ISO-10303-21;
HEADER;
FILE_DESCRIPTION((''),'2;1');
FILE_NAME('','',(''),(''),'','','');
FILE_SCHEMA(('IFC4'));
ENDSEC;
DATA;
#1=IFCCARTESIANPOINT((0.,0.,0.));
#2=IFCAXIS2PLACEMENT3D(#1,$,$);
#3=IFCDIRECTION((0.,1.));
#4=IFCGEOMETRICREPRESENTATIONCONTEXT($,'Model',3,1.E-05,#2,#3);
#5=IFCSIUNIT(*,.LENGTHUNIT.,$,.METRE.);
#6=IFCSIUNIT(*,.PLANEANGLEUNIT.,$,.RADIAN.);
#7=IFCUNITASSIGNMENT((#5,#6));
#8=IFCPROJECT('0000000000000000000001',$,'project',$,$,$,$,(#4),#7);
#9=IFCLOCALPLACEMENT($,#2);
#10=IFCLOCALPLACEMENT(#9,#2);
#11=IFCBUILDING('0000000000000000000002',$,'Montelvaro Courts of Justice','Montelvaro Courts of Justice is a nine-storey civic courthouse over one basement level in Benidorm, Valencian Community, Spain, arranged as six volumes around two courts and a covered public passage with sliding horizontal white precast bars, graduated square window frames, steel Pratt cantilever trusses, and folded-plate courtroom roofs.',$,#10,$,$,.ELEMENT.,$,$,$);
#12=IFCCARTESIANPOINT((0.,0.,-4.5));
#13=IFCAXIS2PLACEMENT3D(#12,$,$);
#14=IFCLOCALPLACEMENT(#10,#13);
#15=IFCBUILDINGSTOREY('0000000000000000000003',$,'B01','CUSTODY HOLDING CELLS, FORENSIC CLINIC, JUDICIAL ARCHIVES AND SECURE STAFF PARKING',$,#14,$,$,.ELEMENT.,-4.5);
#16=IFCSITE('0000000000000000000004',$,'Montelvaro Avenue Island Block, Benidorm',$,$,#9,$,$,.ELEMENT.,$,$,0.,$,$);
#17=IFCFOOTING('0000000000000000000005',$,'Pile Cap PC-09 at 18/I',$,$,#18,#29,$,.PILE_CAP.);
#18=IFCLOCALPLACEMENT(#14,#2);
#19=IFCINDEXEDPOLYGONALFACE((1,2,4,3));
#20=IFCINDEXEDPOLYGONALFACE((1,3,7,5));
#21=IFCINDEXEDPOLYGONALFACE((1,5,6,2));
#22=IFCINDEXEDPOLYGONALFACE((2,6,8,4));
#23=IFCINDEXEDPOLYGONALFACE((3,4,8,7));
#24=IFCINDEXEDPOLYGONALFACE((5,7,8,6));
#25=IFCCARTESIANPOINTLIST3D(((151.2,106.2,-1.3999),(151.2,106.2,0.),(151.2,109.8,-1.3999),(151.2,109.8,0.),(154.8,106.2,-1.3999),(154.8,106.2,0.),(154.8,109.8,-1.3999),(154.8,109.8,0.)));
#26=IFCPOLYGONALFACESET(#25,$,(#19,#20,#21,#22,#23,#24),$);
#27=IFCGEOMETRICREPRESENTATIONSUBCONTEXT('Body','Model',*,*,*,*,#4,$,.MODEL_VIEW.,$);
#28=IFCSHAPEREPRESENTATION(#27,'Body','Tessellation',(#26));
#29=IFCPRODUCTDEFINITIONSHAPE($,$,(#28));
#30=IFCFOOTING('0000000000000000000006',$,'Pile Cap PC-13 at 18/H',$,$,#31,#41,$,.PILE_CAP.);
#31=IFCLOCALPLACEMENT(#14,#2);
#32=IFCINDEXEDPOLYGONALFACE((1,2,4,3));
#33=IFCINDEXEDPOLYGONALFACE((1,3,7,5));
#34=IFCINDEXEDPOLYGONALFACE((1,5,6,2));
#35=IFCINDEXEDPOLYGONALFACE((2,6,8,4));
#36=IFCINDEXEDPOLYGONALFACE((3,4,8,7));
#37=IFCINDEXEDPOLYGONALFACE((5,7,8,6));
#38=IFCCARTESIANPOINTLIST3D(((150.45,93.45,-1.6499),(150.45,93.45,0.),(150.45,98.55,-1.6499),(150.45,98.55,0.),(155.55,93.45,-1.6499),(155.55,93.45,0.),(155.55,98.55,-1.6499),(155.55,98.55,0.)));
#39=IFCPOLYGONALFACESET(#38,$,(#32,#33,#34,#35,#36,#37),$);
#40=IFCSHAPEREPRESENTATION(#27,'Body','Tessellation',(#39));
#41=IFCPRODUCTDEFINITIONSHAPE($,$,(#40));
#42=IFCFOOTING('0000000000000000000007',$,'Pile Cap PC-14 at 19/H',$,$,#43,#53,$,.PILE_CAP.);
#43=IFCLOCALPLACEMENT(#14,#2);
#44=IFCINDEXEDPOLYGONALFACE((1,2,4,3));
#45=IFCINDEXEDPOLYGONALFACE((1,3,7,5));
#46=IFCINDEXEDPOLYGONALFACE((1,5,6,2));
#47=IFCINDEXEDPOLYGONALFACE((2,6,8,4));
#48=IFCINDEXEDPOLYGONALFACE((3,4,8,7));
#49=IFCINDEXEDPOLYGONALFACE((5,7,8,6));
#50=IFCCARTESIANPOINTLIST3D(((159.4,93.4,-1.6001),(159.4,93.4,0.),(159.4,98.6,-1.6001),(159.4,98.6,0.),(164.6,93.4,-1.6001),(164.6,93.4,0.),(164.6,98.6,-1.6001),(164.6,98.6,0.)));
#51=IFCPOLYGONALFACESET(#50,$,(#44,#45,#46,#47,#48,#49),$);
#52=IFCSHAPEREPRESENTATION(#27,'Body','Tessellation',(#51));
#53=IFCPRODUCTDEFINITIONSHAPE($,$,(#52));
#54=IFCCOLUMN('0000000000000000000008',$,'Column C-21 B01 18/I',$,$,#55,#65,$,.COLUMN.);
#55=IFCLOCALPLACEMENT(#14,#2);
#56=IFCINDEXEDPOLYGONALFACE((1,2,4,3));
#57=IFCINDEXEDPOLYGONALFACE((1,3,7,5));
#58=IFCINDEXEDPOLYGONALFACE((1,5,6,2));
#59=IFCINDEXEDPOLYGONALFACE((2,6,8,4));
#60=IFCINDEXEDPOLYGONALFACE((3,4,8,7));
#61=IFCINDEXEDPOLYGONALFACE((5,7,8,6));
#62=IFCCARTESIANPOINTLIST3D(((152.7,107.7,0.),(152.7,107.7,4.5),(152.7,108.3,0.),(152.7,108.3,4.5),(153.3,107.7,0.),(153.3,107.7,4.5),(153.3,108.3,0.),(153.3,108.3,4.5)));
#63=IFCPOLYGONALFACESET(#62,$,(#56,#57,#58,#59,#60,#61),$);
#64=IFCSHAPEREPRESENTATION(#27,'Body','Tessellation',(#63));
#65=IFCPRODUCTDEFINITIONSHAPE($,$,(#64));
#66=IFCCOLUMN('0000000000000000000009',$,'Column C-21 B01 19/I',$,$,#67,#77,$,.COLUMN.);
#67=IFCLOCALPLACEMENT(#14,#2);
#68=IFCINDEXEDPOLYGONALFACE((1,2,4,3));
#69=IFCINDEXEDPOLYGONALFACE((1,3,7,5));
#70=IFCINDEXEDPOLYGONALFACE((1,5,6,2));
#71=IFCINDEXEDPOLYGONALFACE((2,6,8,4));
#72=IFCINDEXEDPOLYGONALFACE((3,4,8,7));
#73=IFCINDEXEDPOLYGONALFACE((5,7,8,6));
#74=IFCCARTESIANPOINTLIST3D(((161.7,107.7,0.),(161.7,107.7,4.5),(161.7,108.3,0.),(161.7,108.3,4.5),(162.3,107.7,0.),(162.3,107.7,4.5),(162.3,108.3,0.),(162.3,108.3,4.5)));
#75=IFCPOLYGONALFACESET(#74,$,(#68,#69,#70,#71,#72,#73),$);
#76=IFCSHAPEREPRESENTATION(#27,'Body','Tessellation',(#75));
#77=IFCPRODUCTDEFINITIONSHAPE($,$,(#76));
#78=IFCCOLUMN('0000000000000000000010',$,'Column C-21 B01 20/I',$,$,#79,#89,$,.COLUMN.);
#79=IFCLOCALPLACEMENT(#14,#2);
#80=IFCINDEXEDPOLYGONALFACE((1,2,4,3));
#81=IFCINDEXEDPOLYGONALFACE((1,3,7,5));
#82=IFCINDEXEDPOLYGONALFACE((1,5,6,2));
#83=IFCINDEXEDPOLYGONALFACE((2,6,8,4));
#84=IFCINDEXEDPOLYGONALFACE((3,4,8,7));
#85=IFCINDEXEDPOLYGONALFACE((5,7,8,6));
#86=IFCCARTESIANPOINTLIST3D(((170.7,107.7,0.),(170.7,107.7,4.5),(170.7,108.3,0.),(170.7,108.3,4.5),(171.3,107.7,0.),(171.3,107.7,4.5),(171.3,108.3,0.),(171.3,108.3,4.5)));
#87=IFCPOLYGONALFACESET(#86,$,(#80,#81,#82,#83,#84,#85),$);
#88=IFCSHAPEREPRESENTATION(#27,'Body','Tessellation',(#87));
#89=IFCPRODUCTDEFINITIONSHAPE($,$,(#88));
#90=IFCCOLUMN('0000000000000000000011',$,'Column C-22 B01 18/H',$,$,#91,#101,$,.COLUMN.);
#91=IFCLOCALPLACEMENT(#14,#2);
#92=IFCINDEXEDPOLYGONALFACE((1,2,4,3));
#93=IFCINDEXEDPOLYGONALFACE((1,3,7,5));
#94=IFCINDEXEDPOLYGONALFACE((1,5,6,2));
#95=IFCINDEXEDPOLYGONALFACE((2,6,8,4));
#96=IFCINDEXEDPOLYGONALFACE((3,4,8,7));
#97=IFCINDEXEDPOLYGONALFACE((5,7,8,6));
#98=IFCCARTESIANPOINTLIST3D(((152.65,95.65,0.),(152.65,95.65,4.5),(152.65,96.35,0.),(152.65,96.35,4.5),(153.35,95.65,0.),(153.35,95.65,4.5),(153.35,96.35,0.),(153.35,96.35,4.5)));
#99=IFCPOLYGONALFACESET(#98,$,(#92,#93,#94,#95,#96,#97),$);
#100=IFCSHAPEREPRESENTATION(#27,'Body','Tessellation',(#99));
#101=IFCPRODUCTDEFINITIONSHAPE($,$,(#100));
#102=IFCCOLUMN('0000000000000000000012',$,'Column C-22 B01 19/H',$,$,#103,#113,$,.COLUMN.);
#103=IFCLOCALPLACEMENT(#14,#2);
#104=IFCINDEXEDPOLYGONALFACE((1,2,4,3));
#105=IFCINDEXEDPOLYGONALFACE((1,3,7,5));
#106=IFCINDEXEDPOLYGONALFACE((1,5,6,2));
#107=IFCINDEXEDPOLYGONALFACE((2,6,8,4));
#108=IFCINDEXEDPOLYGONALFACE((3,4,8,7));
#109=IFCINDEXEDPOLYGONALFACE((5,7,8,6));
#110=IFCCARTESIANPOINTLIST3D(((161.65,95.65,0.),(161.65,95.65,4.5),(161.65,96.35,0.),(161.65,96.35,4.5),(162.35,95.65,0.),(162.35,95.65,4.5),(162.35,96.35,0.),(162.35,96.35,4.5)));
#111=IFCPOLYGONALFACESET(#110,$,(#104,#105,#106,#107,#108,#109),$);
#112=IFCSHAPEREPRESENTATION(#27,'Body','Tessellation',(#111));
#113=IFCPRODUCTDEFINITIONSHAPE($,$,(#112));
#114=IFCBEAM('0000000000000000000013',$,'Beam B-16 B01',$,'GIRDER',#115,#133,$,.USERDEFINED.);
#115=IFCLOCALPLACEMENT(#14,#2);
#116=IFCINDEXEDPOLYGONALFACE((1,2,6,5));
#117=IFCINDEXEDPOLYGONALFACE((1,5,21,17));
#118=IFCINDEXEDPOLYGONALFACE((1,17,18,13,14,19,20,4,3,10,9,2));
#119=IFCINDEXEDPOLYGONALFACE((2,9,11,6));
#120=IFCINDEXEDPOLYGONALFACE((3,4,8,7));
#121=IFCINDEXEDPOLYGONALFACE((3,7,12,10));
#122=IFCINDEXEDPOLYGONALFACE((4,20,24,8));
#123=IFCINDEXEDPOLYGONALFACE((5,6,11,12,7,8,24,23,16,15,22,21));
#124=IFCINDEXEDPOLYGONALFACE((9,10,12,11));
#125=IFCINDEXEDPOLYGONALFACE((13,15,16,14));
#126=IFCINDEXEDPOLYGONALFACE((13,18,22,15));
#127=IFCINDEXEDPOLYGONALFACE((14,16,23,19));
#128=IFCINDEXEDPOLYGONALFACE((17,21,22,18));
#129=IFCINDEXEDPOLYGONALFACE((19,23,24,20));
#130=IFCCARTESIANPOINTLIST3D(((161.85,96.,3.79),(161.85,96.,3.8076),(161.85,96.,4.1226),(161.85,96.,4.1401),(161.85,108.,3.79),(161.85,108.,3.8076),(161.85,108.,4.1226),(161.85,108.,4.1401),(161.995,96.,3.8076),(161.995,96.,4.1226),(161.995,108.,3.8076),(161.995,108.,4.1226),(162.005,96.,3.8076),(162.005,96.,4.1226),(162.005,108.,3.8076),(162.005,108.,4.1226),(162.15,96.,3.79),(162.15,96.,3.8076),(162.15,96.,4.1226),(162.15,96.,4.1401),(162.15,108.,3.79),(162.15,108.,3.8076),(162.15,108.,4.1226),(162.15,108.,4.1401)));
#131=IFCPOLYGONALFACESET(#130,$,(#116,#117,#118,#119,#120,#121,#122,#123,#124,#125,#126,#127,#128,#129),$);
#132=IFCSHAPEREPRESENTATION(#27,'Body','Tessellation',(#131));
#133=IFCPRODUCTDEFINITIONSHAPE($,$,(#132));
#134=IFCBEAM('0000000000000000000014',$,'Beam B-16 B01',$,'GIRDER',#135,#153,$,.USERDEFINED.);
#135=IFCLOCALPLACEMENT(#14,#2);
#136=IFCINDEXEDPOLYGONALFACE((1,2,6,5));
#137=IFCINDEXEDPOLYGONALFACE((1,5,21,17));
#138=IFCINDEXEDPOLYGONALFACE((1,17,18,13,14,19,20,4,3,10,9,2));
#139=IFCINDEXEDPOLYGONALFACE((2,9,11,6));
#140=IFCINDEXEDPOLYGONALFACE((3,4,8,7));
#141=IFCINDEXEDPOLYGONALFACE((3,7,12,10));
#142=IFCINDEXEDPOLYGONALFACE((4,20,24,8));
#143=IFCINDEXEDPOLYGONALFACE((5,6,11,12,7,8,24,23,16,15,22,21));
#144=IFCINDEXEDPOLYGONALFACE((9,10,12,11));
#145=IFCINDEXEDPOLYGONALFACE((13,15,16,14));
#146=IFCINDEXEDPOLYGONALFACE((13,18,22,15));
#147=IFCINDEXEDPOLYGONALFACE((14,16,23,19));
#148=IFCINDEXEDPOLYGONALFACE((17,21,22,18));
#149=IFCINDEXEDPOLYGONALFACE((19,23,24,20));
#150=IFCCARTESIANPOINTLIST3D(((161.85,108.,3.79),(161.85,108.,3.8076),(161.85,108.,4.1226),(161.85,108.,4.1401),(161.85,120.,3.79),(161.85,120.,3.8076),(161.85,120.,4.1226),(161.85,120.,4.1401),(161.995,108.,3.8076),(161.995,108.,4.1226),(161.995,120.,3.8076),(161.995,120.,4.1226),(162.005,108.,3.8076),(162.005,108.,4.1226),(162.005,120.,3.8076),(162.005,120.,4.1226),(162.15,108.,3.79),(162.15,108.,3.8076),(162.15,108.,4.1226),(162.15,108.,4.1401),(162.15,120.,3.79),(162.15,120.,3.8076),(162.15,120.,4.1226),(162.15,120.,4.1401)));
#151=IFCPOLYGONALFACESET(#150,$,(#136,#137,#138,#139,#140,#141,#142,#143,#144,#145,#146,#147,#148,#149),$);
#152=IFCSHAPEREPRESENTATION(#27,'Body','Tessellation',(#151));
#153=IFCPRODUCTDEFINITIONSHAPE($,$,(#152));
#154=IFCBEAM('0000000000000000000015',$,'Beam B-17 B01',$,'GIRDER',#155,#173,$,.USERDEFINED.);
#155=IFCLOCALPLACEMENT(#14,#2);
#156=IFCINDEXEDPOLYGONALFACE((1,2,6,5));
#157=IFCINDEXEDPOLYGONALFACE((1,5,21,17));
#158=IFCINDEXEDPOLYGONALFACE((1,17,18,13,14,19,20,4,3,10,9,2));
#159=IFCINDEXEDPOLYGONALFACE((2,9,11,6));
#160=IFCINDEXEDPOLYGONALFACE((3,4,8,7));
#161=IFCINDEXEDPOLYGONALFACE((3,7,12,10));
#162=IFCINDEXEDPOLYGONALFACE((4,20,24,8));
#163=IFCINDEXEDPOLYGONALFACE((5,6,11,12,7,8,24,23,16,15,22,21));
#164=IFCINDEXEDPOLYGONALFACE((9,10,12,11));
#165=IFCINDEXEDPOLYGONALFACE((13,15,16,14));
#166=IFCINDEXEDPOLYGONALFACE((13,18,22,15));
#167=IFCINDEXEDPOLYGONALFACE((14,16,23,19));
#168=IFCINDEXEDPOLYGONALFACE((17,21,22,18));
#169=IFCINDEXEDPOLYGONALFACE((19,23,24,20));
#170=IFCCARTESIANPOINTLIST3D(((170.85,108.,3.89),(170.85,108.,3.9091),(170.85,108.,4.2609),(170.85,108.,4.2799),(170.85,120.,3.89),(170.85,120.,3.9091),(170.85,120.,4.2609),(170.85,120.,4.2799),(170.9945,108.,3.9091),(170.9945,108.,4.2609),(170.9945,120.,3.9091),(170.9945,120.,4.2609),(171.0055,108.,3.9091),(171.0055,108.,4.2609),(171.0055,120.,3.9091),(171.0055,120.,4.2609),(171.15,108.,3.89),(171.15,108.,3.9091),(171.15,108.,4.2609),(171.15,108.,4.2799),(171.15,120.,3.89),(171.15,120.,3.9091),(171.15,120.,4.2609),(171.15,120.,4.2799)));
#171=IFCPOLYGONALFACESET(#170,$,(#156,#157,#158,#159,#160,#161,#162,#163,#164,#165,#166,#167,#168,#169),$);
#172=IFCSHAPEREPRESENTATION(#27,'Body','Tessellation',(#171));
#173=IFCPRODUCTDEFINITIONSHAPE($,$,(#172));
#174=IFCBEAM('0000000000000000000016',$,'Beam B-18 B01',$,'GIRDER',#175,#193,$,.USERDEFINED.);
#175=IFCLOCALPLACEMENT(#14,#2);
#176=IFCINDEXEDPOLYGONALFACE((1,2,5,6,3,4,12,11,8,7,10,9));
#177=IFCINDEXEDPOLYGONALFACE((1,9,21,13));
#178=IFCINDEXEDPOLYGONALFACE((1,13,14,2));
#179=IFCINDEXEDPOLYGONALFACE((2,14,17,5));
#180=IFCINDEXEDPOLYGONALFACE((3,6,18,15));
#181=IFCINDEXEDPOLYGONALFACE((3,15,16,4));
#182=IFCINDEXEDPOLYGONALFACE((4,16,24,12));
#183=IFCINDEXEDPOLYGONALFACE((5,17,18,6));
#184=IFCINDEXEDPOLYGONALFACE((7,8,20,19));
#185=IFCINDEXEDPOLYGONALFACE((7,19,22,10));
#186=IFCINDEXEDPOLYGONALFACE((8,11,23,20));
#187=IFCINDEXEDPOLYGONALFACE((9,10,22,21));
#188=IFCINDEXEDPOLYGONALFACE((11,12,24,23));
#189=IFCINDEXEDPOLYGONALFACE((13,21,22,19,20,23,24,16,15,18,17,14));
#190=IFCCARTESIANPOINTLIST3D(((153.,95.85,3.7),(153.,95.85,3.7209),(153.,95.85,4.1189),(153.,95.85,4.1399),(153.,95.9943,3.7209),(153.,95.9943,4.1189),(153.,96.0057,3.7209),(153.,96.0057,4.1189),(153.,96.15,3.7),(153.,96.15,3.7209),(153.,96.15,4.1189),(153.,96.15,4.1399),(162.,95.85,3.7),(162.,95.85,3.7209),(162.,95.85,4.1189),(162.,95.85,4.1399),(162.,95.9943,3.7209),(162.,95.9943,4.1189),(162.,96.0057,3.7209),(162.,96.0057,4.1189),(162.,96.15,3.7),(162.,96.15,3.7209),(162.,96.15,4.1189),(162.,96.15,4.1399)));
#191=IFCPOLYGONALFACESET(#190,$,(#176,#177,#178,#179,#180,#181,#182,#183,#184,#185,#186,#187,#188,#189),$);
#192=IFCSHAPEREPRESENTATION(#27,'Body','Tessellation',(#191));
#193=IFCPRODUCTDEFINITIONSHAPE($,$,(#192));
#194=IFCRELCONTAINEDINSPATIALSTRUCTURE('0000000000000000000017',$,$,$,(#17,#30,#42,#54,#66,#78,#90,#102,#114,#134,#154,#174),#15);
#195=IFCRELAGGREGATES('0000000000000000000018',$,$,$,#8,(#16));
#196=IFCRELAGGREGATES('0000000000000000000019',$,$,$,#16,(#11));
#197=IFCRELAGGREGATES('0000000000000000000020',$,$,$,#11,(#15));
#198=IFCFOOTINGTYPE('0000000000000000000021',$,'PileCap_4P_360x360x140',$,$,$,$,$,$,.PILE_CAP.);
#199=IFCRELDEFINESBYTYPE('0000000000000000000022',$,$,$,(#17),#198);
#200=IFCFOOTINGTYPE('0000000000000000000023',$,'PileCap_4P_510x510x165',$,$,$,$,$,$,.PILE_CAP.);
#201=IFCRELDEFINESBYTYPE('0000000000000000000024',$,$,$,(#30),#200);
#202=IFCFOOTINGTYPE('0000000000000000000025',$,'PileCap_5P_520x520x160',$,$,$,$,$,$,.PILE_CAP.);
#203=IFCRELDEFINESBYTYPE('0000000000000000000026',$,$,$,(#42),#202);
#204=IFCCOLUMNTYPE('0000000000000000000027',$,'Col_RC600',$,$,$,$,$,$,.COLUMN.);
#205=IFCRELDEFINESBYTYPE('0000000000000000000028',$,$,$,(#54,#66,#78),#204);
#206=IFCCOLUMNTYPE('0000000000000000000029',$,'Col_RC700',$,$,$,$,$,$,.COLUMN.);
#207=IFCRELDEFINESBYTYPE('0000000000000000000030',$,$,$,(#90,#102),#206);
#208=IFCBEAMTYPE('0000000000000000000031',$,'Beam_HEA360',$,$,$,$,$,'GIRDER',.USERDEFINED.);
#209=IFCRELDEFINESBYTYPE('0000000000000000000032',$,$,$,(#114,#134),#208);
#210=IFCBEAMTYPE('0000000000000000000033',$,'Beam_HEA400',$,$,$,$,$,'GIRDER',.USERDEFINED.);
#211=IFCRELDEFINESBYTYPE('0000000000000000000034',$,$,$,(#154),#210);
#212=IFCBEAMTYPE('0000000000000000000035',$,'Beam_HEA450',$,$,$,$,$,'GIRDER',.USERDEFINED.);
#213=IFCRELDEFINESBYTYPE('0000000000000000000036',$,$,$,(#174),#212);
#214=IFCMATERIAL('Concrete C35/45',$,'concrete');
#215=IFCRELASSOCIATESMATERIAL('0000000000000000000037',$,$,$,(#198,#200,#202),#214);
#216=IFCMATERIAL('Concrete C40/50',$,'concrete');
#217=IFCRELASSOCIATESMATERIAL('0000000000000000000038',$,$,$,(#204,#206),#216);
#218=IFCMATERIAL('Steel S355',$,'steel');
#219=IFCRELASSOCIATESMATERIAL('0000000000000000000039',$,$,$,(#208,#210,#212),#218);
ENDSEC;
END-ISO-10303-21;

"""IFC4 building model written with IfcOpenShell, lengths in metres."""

from ifc_helpers import new_model, si_unit, direction, frame, origin, origin_2d, place, context, subcontext, project, spatial, rectangle, i_section, extrude, material, material_profile, profile_set, type_object, element, save


model = new_model("IFC4")

# Units and contexts
model_context = context("Model", 3, precision=1e-05, world=origin(), true_north=direction((0.0, 1.0)))
body_context = subcontext(model_context, "Body", "Model", "MODEL_VIEW")
ifc_project = project(units=[si_unit("LENGTHUNIT", "METRE"), si_unit("PLANEANGLEUNIT", "RADIAN")], contexts=[model_context])

# Site, building, storey
site_placement = place(None, origin())
site = spatial("IfcSite", under=ifc_project, at=site_placement, Name="Montelvaro Avenue Island Block, Benidorm", CompositionType="ELEMENT", RefElevation=0.0)
building_placement = place(site_placement, origin())
building = spatial("IfcBuilding", under=site, at=building_placement, Name="Montelvaro Courts of Justice", Description="Montelvaro Courts of Justice is a nine-storey civic courthouse over one basement level in Benidorm, Valencian Community, Spain, arranged as six volumes around two courts and a covered public passage with sliding horizontal white precast bars, graduated square window frames, steel Pratt cantilever trusses, and folded-plate courtroom roofs.", CompositionType="ELEMENT")
storey_placement = place(building_placement, frame((0.0, 0.0, -4.5)))
storey = spatial("IfcBuildingStorey", under=building, at=storey_placement, Name="B01", Description="CUSTODY HOLDING CELLS, FORENSIC CLINIC, JUDICIAL ARCHIVES AND SECURE STAFF PARKING", CompositionType="ELEMENT", Elevation=-4.5)

# Shared definitions
ifc_material_1 = material(Name="Concrete C35/45", Category="concrete")

# Footings
footing_type_1 = type_object("IfcFootingType", Name="PileCap_4P_360x360x140", PredefinedType="PILE_CAP", material=ifc_material_1)
footing_1_placement = place(storey_placement, frame((153.0, 108.0, -1.3999), z_axis=(0.0, 0.0, 1.0), x_axis=(1.0, 0.0, 0.0)))
element("IfcFooting", 1, at=footing_1_placement, inside=storey, type_object=footing_type_1, Name="Pile Cap PC-09 at 18/I", PredefinedType="PILE_CAP", context=body_context, shape_type="SweptSolid", body=[
    extrude(rectangle(XDim=3.6001, YDim=3.6001, at=origin_2d()), origin(), (0.0, 0.0, 1.0), 1.3999),
])
footing_type_2 = type_object("IfcFootingType", Name="PileCap_4P_510x510x165", PredefinedType="PILE_CAP", material=ifc_material_1)
footing_2_placement = place(storey_placement, frame((153.0, 96.0, -1.6499), z_axis=(0.0, 0.0, 1.0), x_axis=(1.0, 0.0, 0.0)))
element("IfcFooting", 2, at=footing_2_placement, inside=storey, type_object=footing_type_2, Name="Pile Cap PC-13 at 18/H", PredefinedType="PILE_CAP", context=body_context, shape_type="SweptSolid", body=[
    extrude(rectangle(XDim=5.1001, YDim=5.1001, at=origin_2d()), origin(), (0.0, 0.0, 1.0), 1.6499),
])
footing_type_3 = type_object("IfcFootingType", Name="PileCap_5P_520x520x160", PredefinedType="PILE_CAP", material=ifc_material_1)
footing_3_placement = place(storey_placement, frame((162.0, 96.0, -1.6001), z_axis=(0.0, 0.0, 1.0), x_axis=(1.0, 0.0, 0.0)))
element("IfcFooting", 3, at=footing_3_placement, inside=storey, type_object=footing_type_3, Name="Pile Cap PC-14 at 19/H", PredefinedType="PILE_CAP", context=body_context, shape_type="SweptSolid", body=[
    extrude(rectangle(XDim=5.2, YDim=5.2, at=origin_2d()), origin(), (0.0, 0.0, 1.0), 1.6001),
])

# Columns
ifc_material_2 = material(Name="Concrete C40/50", Category="concrete")
ifc_material_profile_1 = material_profile(ifc_material_2, rectangle(XDim=0.6001, YDim=0.6001, at=origin_2d()), Name="RC 600x600")
ifc_profile_set_1 = profile_set([ifc_material_profile_1], Name="Concrete C40/50")
column_type_1 = type_object("IfcColumnType", Name="Col_RC600", PredefinedType="COLUMN", material=ifc_profile_set_1)
for number, where, z_axis, x_axis, name in (
    (4, (153.0, 108.0, 0.0), (0.0, 0.0, 1.0), (1.0, 0.0, 0.0), "Column C-21 B01 18/I"),
    (5, (162.0, 108.0, 0.0), (0.0, 0.0, 1.0), (1.0, 0.0, 0.0), "Column C-21 B01 19/I"),
    (6, (171.0, 108.0, 0.0), (0.0, 0.0, 1.0), (1.0, 0.0, 0.0), "Column C-21 B01 20/I"),
):
    element("IfcColumn", number, at=place(storey_placement, frame(where, z_axis=z_axis, x_axis=x_axis)), inside=storey, type_object=column_type_1, Name=name, PredefinedType="COLUMN", context=body_context, shape_type="SweptSolid", body=[
        extrude(rectangle(XDim=0.6001, YDim=0.6001, at=origin_2d()), origin(), (0.0, 0.0, 1.0), 4.5),
    ])
ifc_material_profile_2 = material_profile(ifc_material_2, rectangle(XDim=0.7, YDim=0.7, at=origin_2d()), Name="RC 700x700")
ifc_profile_set_2 = profile_set([ifc_material_profile_2], Name="Concrete C40/50")
column_type_2 = type_object("IfcColumnType", Name="Col_RC700", PredefinedType="COLUMN", material=ifc_profile_set_2)
for number, where, z_axis, x_axis, name in (
    (7, (153.0, 96.0, 0.0), (0.0, 0.0, 1.0), (1.0, 0.0, 0.0), "Column C-22 B01 18/H"),
    (8, (162.0, 96.0, 0.0), (0.0, 0.0, 1.0), (1.0, 0.0, 0.0), "Column C-22 B01 19/H"),
):
    element("IfcColumn", number, at=place(storey_placement, frame(where, z_axis=z_axis, x_axis=x_axis)), inside=storey, type_object=column_type_2, Name=name, PredefinedType="COLUMN", context=body_context, shape_type="SweptSolid", body=[
        extrude(rectangle(XDim=0.7, YDim=0.7, at=origin_2d()), origin(), (0.0, 0.0, 1.0), 4.5),
    ])

# Beams
ifc_material_3 = material(Name="Steel S355", Category="steel")
ifc_material_profile_3 = material_profile(ifc_material_3, i_section(OverallWidth=0.3, OverallDepth=0.3501, WebThickness=0.01, FlangeThickness=0.0176, at=origin_2d()), Name="HEA 360")
ifc_profile_set_3 = profile_set([ifc_material_profile_3], Name="Steel S355")
beam_type_1 = type_object("IfcBeamType", Name="Beam_HEA360", ElementType="GIRDER", PredefinedType="USERDEFINED", material=ifc_profile_set_3)
for number, where, z_axis, x_axis, name in (
    (9, (162.0, 96.0, 3.9651), (0.0, 1.0, 0.0), (-1.0, 0.0, 0.0), "Beam B-16 B01"),
    (10, (162.0, 108.0, 3.9651), (0.0, 1.0, 0.0), (-1.0, 0.0, 0.0), "Beam B-16 B01"),
):
    element("IfcBeam", number, at=place(storey_placement, frame(where, z_axis=z_axis, x_axis=x_axis)), inside=storey, type_object=beam_type_1, Name=name, ObjectType="GIRDER", PredefinedType="USERDEFINED", context=body_context, shape_type="SweptSolid", body=[
        extrude(i_section(OverallWidth=0.3, OverallDepth=0.3501, WebThickness=0.01, FlangeThickness=0.0176, at=origin_2d()), origin(), (0.0, 0.0, 1.0), 12.0),
    ])
ifc_material_profile_4 = material_profile(ifc_material_3, i_section(OverallWidth=0.3, OverallDepth=0.3899, WebThickness=0.011, FlangeThickness=0.019, at=origin_2d()), Name="HEA 400")
ifc_profile_set_4 = profile_set([ifc_material_profile_4], Name="Steel S355")
beam_type_2 = type_object("IfcBeamType", Name="Beam_HEA400", ElementType="GIRDER", PredefinedType="USERDEFINED", material=ifc_profile_set_4)
beam_1_placement = place(storey_placement, frame((171.0, 108.0, 4.085), z_axis=(0.0, 1.0, 0.0), x_axis=(-1.0, 0.0, 0.0)))
element("IfcBeam", 11, at=beam_1_placement, inside=storey, type_object=beam_type_2, Name="Beam B-17 B01", ObjectType="GIRDER", PredefinedType="USERDEFINED", context=body_context, shape_type="SweptSolid", body=[
    extrude(i_section(OverallWidth=0.3, OverallDepth=0.3899, WebThickness=0.011, FlangeThickness=0.019, at=origin_2d()), origin(), (0.0, 0.0, 1.0), 12.0),
])
ifc_material_profile_5 = material_profile(ifc_material_3, i_section(OverallWidth=0.3, OverallDepth=0.4399, WebThickness=0.0115, FlangeThickness=0.021, at=origin_2d()), Name="HEA 450")
ifc_profile_set_5 = profile_set([ifc_material_profile_5], Name="Steel S355")
beam_type_3 = type_object("IfcBeamType", Name="Beam_HEA450", ElementType="GIRDER", PredefinedType="USERDEFINED", material=ifc_profile_set_5)
beam_2_placement = place(storey_placement, frame((153.0, 96.0, 3.9199), z_axis=(1.0, 0.0, 0.0), x_axis=(0.0, 1.0, 0.0)))
element("IfcBeam", 12, at=beam_2_placement, inside=storey, type_object=beam_type_3, Name="Beam B-18 B01", ObjectType="GIRDER", PredefinedType="USERDEFINED", context=body_context, shape_type="SweptSolid", body=[
    extrude(i_section(OverallWidth=0.3, OverallDepth=0.4399, WebThickness=0.0115, FlangeThickness=0.021, at=origin_2d()), origin(), (0.0, 0.0, 1.0), 9.0),
])

save(model, "model.ifc")
